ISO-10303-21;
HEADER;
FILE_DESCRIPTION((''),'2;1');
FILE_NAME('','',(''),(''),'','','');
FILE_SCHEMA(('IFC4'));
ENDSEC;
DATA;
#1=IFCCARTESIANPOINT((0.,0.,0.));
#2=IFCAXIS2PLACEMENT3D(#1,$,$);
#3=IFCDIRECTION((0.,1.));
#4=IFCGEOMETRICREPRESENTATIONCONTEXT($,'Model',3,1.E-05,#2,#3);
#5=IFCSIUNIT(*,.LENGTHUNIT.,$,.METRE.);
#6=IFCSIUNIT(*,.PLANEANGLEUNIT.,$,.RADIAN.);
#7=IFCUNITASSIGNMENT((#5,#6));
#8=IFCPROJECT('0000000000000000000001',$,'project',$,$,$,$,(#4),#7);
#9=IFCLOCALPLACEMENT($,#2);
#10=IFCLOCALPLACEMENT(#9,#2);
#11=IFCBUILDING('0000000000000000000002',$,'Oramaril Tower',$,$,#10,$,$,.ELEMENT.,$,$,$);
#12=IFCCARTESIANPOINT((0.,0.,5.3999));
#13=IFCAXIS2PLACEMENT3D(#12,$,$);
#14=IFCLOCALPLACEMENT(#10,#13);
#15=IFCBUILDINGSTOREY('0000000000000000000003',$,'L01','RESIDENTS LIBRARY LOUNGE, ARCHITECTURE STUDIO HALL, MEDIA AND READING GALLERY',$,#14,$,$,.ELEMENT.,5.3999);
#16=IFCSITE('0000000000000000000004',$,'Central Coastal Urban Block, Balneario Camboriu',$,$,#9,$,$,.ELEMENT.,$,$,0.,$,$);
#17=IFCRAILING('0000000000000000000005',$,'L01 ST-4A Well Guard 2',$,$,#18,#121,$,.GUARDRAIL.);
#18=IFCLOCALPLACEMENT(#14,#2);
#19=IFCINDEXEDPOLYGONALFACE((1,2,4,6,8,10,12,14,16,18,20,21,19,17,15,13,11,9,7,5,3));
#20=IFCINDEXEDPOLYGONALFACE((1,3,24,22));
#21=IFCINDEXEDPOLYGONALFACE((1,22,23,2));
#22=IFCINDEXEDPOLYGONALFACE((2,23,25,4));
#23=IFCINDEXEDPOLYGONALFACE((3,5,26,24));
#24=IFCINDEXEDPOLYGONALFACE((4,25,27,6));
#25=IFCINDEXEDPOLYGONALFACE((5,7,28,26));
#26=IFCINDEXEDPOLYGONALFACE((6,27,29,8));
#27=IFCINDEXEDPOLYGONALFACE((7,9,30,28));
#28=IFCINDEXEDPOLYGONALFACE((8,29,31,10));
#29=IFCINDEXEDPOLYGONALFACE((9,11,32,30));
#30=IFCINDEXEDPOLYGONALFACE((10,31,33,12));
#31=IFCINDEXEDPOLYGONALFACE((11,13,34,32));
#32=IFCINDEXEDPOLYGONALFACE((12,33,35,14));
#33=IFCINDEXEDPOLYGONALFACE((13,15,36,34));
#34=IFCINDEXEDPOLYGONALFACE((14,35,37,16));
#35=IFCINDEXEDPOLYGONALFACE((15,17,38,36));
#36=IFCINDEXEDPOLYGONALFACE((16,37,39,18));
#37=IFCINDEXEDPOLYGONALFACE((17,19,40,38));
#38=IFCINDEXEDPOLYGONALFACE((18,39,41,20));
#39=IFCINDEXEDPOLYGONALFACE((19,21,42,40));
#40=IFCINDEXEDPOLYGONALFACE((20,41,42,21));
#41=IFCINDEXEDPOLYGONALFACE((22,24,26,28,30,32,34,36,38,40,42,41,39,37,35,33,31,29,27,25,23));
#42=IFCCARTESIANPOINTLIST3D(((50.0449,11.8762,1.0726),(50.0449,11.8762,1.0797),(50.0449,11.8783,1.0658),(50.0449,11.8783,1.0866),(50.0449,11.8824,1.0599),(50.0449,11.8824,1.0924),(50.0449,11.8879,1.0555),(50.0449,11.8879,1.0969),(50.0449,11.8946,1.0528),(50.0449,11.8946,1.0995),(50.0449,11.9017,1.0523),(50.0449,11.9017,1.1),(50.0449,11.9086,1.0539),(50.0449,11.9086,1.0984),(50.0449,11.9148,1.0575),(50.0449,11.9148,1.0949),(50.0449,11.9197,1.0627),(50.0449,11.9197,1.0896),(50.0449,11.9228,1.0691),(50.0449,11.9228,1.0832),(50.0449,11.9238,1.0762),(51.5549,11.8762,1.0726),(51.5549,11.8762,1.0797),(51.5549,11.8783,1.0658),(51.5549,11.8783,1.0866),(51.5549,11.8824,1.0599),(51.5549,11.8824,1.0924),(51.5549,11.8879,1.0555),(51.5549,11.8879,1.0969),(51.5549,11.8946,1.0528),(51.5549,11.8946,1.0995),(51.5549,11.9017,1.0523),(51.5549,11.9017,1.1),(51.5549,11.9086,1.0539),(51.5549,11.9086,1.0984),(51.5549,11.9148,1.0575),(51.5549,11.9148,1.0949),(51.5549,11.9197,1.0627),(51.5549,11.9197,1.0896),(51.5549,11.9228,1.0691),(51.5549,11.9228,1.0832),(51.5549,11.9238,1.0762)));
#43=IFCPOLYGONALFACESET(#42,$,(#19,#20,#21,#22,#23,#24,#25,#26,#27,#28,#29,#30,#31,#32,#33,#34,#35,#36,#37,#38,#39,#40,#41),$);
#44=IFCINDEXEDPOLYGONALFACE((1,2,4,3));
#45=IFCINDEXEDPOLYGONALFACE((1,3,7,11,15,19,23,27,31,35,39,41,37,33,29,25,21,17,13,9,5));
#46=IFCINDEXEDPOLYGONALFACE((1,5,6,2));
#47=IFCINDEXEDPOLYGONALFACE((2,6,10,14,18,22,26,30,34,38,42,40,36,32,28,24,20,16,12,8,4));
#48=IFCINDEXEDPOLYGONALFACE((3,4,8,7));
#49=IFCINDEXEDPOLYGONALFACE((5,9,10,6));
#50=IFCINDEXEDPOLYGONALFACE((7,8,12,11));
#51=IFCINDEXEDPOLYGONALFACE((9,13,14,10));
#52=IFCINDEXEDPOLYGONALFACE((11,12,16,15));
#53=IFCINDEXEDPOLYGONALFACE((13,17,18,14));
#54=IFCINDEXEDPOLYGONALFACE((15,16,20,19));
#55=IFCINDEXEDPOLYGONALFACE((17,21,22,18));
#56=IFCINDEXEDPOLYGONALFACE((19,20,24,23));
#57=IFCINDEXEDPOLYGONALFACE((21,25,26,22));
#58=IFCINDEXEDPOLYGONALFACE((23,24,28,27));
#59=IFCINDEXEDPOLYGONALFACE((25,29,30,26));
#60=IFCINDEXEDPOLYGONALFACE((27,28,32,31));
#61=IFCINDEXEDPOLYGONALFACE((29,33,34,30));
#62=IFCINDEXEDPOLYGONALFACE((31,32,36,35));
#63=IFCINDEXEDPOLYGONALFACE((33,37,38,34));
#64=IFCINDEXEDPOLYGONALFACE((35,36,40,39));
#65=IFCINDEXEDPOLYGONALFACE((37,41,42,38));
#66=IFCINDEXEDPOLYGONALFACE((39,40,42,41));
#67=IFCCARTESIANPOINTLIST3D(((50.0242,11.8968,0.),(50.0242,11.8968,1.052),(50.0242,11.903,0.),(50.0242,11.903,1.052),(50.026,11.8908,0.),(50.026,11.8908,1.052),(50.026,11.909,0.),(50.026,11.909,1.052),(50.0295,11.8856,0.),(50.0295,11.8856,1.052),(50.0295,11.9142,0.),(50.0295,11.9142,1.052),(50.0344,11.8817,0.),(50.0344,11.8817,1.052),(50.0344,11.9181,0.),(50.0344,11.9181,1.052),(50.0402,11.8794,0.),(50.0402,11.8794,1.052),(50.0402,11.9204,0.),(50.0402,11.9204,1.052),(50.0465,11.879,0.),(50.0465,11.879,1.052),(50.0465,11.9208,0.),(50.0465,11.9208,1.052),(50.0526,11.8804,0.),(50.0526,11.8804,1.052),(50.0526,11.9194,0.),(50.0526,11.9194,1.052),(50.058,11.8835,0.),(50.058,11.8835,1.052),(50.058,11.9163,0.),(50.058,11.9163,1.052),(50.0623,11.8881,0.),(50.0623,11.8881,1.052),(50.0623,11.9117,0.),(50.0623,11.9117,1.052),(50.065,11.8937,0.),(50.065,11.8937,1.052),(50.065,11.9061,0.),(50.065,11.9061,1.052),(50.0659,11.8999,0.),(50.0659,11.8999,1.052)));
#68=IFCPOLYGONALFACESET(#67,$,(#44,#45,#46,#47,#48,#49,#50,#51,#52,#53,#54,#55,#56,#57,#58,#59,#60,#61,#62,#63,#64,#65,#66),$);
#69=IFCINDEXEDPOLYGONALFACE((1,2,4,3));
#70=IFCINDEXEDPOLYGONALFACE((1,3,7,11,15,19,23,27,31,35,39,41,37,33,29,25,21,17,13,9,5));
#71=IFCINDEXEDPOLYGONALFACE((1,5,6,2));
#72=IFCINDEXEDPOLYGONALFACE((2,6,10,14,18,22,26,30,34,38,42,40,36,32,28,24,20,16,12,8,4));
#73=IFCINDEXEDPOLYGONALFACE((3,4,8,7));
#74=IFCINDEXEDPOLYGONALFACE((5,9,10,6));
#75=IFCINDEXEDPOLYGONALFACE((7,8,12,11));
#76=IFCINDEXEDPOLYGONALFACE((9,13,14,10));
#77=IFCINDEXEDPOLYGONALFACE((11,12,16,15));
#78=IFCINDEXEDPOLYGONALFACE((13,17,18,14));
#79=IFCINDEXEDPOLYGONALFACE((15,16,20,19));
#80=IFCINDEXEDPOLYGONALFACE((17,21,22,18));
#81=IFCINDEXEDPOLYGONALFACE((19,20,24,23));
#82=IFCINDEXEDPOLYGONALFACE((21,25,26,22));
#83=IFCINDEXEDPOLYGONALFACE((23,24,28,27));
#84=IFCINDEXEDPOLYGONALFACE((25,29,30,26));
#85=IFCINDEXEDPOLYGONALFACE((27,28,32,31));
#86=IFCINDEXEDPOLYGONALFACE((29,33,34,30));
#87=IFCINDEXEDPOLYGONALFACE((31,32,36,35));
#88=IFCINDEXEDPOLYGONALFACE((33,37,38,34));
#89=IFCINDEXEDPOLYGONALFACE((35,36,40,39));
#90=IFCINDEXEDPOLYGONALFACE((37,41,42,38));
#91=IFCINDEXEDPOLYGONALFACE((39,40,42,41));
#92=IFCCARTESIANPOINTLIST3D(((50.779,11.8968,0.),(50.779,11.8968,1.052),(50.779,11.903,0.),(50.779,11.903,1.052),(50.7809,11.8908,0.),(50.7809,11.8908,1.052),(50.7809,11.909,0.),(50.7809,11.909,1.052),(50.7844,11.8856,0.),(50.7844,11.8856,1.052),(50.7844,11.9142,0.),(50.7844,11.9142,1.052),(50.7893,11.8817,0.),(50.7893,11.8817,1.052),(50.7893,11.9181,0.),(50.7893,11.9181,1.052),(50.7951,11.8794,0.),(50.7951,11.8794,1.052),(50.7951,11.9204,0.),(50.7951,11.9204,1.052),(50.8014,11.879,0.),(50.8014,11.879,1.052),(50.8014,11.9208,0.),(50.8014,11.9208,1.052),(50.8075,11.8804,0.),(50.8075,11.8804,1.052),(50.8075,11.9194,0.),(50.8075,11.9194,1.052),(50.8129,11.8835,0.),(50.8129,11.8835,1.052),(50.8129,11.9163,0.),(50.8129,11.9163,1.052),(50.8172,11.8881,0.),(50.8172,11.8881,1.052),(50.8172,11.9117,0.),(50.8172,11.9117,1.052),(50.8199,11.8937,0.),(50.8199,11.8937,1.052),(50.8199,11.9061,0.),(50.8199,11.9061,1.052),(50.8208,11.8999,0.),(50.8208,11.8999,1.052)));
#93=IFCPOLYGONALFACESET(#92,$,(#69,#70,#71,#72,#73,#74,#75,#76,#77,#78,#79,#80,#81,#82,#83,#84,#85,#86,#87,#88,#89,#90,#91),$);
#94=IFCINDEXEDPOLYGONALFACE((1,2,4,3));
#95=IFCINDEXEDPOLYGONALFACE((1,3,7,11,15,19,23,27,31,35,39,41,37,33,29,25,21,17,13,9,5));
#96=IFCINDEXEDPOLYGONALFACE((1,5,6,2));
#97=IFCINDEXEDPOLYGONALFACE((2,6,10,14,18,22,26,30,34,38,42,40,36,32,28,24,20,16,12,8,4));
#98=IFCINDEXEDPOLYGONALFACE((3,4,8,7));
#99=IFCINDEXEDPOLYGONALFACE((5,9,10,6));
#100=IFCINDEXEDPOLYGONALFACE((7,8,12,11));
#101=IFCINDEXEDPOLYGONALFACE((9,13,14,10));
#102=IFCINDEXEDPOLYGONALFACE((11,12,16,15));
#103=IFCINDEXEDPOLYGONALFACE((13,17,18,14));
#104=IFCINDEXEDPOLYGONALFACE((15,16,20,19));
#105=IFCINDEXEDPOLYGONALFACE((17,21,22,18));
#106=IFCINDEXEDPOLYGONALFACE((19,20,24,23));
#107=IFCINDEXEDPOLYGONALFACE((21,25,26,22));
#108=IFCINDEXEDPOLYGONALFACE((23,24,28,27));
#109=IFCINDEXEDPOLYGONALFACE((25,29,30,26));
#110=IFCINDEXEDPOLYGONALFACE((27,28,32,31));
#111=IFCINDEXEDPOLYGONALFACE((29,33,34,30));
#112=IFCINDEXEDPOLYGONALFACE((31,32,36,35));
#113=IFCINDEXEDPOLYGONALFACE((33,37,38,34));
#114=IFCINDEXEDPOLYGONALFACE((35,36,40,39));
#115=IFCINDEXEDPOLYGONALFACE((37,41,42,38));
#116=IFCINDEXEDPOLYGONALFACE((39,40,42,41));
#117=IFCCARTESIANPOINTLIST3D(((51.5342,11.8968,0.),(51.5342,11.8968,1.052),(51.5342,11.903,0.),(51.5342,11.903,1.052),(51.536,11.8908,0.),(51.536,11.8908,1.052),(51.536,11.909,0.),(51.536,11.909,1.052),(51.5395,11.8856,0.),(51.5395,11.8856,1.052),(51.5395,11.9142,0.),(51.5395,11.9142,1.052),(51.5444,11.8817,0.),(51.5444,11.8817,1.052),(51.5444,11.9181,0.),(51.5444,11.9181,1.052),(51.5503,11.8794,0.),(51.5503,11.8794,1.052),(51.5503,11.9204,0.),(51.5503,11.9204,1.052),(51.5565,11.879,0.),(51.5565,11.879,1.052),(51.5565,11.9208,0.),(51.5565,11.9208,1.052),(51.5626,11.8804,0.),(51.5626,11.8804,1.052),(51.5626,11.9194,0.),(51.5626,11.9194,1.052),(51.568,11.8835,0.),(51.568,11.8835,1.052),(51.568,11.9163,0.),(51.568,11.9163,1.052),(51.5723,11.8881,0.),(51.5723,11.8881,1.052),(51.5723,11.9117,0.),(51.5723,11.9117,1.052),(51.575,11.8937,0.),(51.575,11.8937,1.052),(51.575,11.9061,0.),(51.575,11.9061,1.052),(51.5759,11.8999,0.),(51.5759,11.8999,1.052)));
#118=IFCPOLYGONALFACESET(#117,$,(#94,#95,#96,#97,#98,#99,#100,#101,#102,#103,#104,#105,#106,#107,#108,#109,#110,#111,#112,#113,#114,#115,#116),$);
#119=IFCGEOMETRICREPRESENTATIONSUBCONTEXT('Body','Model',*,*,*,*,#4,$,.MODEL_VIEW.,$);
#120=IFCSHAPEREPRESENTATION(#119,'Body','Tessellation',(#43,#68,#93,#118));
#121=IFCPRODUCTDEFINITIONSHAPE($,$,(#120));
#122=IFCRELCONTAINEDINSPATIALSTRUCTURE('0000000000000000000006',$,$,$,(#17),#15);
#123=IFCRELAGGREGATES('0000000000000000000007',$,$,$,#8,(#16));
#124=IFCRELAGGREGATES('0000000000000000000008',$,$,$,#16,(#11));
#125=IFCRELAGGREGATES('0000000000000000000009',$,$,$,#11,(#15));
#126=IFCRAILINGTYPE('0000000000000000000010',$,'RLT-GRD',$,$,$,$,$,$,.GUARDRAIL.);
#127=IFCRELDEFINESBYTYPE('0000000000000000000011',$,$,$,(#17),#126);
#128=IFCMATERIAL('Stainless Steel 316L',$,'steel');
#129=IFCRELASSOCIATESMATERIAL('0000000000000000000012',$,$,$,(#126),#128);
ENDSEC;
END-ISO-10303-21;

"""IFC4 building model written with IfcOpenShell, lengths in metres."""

from ifc_helpers import new_model, si_unit, direction, frame, origin, origin_2d, place, context, subcontext, project, spatial, circle, extrude, material, type_object, element, save


model = new_model("IFC4")

# Units and contexts
model_context = context("Model", 3, precision=1e-05, world=origin(), true_north=direction((0.0, 1.0)))
body_context = subcontext(model_context, "Body", "Model", "MODEL_VIEW")
ifc_project = project(units=[si_unit("LENGTHUNIT", "METRE"), si_unit("PLANEANGLEUNIT", "RADIAN")], contexts=[model_context])

# Site, building, storey
site_placement = place(None, origin())
site = spatial("IfcSite", under=ifc_project, at=site_placement, Name="Central Coastal Urban Block, Balneario Camboriu", CompositionType="ELEMENT", RefElevation=0.0)
building_placement = place(site_placement, origin())
building = spatial("IfcBuilding", under=site, at=building_placement, Name="Oramaril Tower", CompositionType="ELEMENT")
storey_placement = place(building_placement, frame((0.0, 0.0, 5.3999)))
storey = spatial("IfcBuildingStorey", under=building, at=storey_placement, Name="L01", Description="RESIDENTS LIBRARY LOUNGE, ARCHITECTURE STUDIO HALL, MEDIA AND READING GALLERY", CompositionType="ELEMENT", Elevation=5.3999)

# Railing
ifc_material_1 = material(Name="Stainless Steel 316L", Category="steel")
railing_type_1 = type_object("IfcRailingType", Name="RLT-GRD", PredefinedType="GUARDRAIL", material=ifc_material_1)
railing_1_placement = place(storey_placement, frame((50.0449, 11.8999, 0.0)))
element("IfcRailing", 1, at=railing_1_placement, inside=storey, type_object=railing_type_1, Name="L01 ST-4A Well Guard 2", PredefinedType="GUARDRAIL", context=body_context, shape_type="SweptSolid", body=[
    extrude(circle(Radius=0.0239, at=origin_2d()), frame((0.0, 0.0, 1.0762), z_axis=(1.0, 0.0, 0.0), x_axis=(0.0, 1.0, 0.0)), (0.0, 0.0, 1.0), 1.51),
    extrude(circle(Radius=0.021, at=origin_2d()), origin(), (0.0, 0.0, 1.0), 1.052),
    extrude(circle(Radius=0.021, at=origin_2d()), frame((0.7549, 0.0, 0.0)), (0.0, 0.0, 1.0), 1.052),
    extrude(circle(Radius=0.021, at=origin_2d()), frame((1.51, 0.0, 0.0)), (0.0, 0.0, 1.0), 1.052),
])

save(model, "model.ifc")
